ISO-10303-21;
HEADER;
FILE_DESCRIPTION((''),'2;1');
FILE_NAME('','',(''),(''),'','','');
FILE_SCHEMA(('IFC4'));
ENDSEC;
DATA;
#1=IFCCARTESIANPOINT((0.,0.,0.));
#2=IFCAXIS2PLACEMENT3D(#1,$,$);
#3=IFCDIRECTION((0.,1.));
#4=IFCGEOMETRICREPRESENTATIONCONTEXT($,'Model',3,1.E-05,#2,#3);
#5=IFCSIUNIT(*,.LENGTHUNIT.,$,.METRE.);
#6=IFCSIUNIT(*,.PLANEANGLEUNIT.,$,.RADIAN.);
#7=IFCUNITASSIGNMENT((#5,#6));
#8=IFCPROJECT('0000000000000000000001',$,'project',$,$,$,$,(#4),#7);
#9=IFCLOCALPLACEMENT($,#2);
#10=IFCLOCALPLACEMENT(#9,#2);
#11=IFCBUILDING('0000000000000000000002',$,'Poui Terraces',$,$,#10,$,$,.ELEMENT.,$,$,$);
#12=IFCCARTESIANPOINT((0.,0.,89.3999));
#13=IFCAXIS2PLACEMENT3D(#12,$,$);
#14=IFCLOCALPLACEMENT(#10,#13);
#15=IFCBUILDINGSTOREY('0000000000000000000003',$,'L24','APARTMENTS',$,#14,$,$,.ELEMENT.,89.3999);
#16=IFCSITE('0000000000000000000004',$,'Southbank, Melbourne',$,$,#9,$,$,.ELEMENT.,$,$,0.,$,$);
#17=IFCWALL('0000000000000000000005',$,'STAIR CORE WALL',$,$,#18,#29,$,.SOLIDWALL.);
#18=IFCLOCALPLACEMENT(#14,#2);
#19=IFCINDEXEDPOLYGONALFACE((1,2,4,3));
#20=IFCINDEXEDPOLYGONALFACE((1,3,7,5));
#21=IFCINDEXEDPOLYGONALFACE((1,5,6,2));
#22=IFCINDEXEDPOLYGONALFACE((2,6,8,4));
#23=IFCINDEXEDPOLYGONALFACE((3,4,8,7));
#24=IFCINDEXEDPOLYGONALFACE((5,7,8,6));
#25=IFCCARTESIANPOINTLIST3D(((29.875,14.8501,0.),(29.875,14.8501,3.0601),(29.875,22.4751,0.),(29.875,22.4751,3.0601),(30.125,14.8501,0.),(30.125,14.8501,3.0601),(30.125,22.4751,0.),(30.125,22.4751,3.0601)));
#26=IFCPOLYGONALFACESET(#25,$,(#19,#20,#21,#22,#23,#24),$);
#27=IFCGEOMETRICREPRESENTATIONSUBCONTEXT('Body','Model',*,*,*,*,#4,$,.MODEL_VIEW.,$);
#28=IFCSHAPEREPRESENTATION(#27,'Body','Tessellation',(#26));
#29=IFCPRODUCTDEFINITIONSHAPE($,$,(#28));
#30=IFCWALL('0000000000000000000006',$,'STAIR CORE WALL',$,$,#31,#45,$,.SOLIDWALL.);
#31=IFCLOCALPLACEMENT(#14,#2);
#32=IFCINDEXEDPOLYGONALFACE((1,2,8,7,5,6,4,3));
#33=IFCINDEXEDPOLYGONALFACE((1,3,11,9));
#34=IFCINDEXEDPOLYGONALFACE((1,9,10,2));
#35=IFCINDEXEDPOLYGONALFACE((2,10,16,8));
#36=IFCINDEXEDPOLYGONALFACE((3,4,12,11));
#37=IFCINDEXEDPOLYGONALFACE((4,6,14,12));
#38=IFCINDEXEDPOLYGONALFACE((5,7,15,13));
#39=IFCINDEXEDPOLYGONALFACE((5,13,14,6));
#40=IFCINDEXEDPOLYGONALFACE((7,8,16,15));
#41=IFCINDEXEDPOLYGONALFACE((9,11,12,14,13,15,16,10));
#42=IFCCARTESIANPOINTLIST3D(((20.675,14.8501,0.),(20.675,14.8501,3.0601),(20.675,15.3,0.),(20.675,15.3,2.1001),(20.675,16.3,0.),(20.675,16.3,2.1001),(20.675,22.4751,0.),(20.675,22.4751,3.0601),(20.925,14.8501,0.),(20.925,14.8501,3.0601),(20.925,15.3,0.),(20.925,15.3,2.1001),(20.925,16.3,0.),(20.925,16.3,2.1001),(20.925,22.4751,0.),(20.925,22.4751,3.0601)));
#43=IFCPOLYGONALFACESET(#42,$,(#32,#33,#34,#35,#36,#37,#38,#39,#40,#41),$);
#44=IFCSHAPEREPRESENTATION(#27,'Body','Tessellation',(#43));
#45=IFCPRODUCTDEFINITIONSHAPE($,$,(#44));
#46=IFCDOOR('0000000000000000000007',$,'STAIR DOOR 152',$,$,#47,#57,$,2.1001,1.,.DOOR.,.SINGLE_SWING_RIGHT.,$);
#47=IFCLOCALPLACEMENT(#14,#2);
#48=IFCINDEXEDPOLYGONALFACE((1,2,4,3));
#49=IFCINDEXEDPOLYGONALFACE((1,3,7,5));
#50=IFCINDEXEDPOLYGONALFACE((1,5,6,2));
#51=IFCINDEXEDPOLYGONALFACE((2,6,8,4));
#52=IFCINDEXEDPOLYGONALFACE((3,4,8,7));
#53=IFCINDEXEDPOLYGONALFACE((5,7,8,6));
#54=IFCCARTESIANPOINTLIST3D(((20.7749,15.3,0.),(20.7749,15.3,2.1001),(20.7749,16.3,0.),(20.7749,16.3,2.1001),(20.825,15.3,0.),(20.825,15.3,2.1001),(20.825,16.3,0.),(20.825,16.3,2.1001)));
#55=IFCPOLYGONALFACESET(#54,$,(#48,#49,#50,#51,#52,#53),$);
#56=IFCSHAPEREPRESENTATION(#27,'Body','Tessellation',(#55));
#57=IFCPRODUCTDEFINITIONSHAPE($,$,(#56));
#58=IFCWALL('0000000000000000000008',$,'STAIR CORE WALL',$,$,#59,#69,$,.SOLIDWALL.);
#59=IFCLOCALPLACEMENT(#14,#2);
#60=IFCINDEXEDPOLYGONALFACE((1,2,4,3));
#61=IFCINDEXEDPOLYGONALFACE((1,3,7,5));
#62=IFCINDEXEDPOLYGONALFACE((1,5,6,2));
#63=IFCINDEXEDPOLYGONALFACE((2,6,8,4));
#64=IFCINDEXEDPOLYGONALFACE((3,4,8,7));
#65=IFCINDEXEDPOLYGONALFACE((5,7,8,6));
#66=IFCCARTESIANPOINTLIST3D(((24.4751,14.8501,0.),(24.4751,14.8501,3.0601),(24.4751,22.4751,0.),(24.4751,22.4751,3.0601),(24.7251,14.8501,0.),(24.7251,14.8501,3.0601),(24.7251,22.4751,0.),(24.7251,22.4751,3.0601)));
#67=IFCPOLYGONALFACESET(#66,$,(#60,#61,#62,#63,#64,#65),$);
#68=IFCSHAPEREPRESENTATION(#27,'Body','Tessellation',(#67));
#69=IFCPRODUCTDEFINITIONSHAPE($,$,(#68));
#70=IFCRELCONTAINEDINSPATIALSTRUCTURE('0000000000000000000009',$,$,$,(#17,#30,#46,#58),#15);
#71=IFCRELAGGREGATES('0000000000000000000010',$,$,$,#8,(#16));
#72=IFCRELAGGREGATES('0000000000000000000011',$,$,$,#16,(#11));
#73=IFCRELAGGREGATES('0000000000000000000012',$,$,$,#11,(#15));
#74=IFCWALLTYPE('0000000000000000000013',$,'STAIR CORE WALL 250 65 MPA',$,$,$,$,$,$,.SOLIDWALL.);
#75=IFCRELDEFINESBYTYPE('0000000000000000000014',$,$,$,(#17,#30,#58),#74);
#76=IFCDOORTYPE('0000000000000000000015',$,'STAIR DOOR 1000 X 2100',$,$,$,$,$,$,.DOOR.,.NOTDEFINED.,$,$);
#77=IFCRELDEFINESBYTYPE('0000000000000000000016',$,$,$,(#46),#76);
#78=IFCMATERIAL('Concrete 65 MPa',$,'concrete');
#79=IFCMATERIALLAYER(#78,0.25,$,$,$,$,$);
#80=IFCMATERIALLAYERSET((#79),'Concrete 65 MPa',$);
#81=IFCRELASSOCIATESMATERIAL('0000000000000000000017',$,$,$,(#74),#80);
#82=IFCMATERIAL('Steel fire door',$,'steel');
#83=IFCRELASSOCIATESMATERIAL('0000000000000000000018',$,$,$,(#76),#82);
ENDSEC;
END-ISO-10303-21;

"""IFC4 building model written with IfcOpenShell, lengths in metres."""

from ifc_helpers import new_model, si_unit, direction, frame, frame_2d, origin, place, context, subcontext, project, spatial, rectangle, extrude, material, layer, layer_set, type_object, element, fill, save


model = new_model("IFC4")

# Units and contexts
model_context = context("Model", 3, precision=1e-05, world=origin(), true_north=direction((0.0, 1.0)))
body_context = subcontext(model_context, "Body", "Model", "MODEL_VIEW")
ifc_project = project(units=[si_unit("LENGTHUNIT", "METRE"), si_unit("PLANEANGLEUNIT", "RADIAN")], contexts=[model_context])

# Site, building, storey
site_placement = place(None, origin())
site = spatial("IfcSite", under=ifc_project, at=site_placement, Name="Southbank, Melbourne", CompositionType="ELEMENT", RefElevation=0.0)
building_placement = place(site_placement, origin())
building = spatial("IfcBuilding", under=site, at=building_placement, Name="Poui Terraces", CompositionType="ELEMENT")
storey_placement = place(building_placement, frame((0.0, 0.0, 89.3999)))
storey = spatial("IfcBuildingStorey", under=building, at=storey_placement, Name="L24", Description="APARTMENTS", CompositionType="ELEMENT", Elevation=89.3999)

# Shared definitions
ifc_material_1 = material(Name="Concrete 65 MPa", Category="concrete")

# Shared definitions
ifc_material_2 = material(Name="Steel fire door", Category="steel")

# Wall
ifc_layer_1 = layer(ifc_material_1, 0.25)
ifc_layer_set_1 = layer_set([ifc_layer_1], Name="Concrete 65 MPa")
wall_type_1 = type_object("IfcWallType", Name="STAIR CORE WALL 250 65 MPA", PredefinedType="SOLIDWALL", material=ifc_layer_set_1)
wall_1_placement = place(storey_placement, frame((30.0, 14.8501, 0.0), z_axis=(0.0, 0.0, 1.0), x_axis=(0.0, 1.0, 0.0)))
element("IfcWall", 1, at=wall_1_placement, inside=storey, type_object=wall_type_1, Name="STAIR CORE WALL", PredefinedType="SOLIDWALL", context=body_context, shape_type="SweptSolid", body=[
    extrude(rectangle(XDim=7.625, YDim=0.25, at=frame_2d((3.8125, 0.0))), origin(), (0.0, 0.0, 1.0), 3.0601),
])

# Wall, opening, door
wall_2_placement = place(storey_placement, frame((20.8, 14.8501, 0.0), z_axis=(0.0, 0.0, 1.0), x_axis=(0.0, 1.0, 0.0)))
wall_2 = element("IfcWall", 2, at=wall_2_placement, inside=storey, type_object=wall_type_1, Name="STAIR CORE WALL", PredefinedType="SOLIDWALL", context=body_context, shape_type="SweptSolid", body=[
    extrude(rectangle(XDim=7.625, YDim=0.25, at=frame_2d((3.8125, 0.0))), origin(), (0.0, 0.0, 1.0), 3.0601),
])
opening_1_placement = place(wall_2_placement, frame((0.45, 0.0, 0.0)))
opening_1 = element("IfcOpeningElement", 3, at=opening_1_placement, cuts=wall_2, PredefinedType="OPENING", context=body_context, shape_type="SweptSolid", body=[
    extrude(rectangle(XDim=1.0, YDim=2.1001, at=frame_2d((0.5, 1.05))), frame((0.0, 0.135, 0.0), z_axis=(0.0, -1.0, 0.0), x_axis=(1.0, 0.0, 0.0)), (0.0, 0.0, 1.0), 0.27),
])
door_type_1 = type_object("IfcDoorType", Name="STAIR DOOR 1000 X 2100", OperationType="NOTDEFINED", PredefinedType="DOOR", material=ifc_material_2)
door_1_placement = place(opening_1_placement, frame((1.0, 0.0, 0.0), z_axis=(0.0, 0.0, 1.0), x_axis=(-1.0, 0.0, 0.0)))
door_1 = element("IfcDoor", 4, at=door_1_placement, inside=storey, type_object=door_type_1, Name="STAIR DOOR 152", OperationType="SINGLE_SWING_RIGHT", OverallHeight=2.1001, OverallWidth=1.0, PredefinedType="DOOR", context=body_context, shape_type="SweptSolid", body=[
    extrude(rectangle(XDim=1.0, YDim=2.1001, at=frame_2d((0.5, 1.05))), frame((0.0, 0.0249, 0.0), z_axis=(0.0, -1.0, 0.0), x_axis=(1.0, 0.0, 0.0)), (0.0, 0.0, 1.0), 0.05),
])
fill(opening_1, door_1)

# Wall
wall_3_placement = place(storey_placement, frame((24.6001, 14.8501, 0.0), z_axis=(0.0, 0.0, 1.0), x_axis=(0.0, 1.0, 0.0)))
element("IfcWall", 5, at=wall_3_placement, inside=storey, type_object=wall_type_1, Name="STAIR CORE WALL", PredefinedType="SOLIDWALL", context=body_context, shape_type="SweptSolid", body=[
    extrude(rectangle(XDim=7.625, YDim=0.25, at=frame_2d((3.8125, 0.0))), origin(), (0.0, 0.0, 1.0), 3.0601),
])

save(model, "model.ifc")
